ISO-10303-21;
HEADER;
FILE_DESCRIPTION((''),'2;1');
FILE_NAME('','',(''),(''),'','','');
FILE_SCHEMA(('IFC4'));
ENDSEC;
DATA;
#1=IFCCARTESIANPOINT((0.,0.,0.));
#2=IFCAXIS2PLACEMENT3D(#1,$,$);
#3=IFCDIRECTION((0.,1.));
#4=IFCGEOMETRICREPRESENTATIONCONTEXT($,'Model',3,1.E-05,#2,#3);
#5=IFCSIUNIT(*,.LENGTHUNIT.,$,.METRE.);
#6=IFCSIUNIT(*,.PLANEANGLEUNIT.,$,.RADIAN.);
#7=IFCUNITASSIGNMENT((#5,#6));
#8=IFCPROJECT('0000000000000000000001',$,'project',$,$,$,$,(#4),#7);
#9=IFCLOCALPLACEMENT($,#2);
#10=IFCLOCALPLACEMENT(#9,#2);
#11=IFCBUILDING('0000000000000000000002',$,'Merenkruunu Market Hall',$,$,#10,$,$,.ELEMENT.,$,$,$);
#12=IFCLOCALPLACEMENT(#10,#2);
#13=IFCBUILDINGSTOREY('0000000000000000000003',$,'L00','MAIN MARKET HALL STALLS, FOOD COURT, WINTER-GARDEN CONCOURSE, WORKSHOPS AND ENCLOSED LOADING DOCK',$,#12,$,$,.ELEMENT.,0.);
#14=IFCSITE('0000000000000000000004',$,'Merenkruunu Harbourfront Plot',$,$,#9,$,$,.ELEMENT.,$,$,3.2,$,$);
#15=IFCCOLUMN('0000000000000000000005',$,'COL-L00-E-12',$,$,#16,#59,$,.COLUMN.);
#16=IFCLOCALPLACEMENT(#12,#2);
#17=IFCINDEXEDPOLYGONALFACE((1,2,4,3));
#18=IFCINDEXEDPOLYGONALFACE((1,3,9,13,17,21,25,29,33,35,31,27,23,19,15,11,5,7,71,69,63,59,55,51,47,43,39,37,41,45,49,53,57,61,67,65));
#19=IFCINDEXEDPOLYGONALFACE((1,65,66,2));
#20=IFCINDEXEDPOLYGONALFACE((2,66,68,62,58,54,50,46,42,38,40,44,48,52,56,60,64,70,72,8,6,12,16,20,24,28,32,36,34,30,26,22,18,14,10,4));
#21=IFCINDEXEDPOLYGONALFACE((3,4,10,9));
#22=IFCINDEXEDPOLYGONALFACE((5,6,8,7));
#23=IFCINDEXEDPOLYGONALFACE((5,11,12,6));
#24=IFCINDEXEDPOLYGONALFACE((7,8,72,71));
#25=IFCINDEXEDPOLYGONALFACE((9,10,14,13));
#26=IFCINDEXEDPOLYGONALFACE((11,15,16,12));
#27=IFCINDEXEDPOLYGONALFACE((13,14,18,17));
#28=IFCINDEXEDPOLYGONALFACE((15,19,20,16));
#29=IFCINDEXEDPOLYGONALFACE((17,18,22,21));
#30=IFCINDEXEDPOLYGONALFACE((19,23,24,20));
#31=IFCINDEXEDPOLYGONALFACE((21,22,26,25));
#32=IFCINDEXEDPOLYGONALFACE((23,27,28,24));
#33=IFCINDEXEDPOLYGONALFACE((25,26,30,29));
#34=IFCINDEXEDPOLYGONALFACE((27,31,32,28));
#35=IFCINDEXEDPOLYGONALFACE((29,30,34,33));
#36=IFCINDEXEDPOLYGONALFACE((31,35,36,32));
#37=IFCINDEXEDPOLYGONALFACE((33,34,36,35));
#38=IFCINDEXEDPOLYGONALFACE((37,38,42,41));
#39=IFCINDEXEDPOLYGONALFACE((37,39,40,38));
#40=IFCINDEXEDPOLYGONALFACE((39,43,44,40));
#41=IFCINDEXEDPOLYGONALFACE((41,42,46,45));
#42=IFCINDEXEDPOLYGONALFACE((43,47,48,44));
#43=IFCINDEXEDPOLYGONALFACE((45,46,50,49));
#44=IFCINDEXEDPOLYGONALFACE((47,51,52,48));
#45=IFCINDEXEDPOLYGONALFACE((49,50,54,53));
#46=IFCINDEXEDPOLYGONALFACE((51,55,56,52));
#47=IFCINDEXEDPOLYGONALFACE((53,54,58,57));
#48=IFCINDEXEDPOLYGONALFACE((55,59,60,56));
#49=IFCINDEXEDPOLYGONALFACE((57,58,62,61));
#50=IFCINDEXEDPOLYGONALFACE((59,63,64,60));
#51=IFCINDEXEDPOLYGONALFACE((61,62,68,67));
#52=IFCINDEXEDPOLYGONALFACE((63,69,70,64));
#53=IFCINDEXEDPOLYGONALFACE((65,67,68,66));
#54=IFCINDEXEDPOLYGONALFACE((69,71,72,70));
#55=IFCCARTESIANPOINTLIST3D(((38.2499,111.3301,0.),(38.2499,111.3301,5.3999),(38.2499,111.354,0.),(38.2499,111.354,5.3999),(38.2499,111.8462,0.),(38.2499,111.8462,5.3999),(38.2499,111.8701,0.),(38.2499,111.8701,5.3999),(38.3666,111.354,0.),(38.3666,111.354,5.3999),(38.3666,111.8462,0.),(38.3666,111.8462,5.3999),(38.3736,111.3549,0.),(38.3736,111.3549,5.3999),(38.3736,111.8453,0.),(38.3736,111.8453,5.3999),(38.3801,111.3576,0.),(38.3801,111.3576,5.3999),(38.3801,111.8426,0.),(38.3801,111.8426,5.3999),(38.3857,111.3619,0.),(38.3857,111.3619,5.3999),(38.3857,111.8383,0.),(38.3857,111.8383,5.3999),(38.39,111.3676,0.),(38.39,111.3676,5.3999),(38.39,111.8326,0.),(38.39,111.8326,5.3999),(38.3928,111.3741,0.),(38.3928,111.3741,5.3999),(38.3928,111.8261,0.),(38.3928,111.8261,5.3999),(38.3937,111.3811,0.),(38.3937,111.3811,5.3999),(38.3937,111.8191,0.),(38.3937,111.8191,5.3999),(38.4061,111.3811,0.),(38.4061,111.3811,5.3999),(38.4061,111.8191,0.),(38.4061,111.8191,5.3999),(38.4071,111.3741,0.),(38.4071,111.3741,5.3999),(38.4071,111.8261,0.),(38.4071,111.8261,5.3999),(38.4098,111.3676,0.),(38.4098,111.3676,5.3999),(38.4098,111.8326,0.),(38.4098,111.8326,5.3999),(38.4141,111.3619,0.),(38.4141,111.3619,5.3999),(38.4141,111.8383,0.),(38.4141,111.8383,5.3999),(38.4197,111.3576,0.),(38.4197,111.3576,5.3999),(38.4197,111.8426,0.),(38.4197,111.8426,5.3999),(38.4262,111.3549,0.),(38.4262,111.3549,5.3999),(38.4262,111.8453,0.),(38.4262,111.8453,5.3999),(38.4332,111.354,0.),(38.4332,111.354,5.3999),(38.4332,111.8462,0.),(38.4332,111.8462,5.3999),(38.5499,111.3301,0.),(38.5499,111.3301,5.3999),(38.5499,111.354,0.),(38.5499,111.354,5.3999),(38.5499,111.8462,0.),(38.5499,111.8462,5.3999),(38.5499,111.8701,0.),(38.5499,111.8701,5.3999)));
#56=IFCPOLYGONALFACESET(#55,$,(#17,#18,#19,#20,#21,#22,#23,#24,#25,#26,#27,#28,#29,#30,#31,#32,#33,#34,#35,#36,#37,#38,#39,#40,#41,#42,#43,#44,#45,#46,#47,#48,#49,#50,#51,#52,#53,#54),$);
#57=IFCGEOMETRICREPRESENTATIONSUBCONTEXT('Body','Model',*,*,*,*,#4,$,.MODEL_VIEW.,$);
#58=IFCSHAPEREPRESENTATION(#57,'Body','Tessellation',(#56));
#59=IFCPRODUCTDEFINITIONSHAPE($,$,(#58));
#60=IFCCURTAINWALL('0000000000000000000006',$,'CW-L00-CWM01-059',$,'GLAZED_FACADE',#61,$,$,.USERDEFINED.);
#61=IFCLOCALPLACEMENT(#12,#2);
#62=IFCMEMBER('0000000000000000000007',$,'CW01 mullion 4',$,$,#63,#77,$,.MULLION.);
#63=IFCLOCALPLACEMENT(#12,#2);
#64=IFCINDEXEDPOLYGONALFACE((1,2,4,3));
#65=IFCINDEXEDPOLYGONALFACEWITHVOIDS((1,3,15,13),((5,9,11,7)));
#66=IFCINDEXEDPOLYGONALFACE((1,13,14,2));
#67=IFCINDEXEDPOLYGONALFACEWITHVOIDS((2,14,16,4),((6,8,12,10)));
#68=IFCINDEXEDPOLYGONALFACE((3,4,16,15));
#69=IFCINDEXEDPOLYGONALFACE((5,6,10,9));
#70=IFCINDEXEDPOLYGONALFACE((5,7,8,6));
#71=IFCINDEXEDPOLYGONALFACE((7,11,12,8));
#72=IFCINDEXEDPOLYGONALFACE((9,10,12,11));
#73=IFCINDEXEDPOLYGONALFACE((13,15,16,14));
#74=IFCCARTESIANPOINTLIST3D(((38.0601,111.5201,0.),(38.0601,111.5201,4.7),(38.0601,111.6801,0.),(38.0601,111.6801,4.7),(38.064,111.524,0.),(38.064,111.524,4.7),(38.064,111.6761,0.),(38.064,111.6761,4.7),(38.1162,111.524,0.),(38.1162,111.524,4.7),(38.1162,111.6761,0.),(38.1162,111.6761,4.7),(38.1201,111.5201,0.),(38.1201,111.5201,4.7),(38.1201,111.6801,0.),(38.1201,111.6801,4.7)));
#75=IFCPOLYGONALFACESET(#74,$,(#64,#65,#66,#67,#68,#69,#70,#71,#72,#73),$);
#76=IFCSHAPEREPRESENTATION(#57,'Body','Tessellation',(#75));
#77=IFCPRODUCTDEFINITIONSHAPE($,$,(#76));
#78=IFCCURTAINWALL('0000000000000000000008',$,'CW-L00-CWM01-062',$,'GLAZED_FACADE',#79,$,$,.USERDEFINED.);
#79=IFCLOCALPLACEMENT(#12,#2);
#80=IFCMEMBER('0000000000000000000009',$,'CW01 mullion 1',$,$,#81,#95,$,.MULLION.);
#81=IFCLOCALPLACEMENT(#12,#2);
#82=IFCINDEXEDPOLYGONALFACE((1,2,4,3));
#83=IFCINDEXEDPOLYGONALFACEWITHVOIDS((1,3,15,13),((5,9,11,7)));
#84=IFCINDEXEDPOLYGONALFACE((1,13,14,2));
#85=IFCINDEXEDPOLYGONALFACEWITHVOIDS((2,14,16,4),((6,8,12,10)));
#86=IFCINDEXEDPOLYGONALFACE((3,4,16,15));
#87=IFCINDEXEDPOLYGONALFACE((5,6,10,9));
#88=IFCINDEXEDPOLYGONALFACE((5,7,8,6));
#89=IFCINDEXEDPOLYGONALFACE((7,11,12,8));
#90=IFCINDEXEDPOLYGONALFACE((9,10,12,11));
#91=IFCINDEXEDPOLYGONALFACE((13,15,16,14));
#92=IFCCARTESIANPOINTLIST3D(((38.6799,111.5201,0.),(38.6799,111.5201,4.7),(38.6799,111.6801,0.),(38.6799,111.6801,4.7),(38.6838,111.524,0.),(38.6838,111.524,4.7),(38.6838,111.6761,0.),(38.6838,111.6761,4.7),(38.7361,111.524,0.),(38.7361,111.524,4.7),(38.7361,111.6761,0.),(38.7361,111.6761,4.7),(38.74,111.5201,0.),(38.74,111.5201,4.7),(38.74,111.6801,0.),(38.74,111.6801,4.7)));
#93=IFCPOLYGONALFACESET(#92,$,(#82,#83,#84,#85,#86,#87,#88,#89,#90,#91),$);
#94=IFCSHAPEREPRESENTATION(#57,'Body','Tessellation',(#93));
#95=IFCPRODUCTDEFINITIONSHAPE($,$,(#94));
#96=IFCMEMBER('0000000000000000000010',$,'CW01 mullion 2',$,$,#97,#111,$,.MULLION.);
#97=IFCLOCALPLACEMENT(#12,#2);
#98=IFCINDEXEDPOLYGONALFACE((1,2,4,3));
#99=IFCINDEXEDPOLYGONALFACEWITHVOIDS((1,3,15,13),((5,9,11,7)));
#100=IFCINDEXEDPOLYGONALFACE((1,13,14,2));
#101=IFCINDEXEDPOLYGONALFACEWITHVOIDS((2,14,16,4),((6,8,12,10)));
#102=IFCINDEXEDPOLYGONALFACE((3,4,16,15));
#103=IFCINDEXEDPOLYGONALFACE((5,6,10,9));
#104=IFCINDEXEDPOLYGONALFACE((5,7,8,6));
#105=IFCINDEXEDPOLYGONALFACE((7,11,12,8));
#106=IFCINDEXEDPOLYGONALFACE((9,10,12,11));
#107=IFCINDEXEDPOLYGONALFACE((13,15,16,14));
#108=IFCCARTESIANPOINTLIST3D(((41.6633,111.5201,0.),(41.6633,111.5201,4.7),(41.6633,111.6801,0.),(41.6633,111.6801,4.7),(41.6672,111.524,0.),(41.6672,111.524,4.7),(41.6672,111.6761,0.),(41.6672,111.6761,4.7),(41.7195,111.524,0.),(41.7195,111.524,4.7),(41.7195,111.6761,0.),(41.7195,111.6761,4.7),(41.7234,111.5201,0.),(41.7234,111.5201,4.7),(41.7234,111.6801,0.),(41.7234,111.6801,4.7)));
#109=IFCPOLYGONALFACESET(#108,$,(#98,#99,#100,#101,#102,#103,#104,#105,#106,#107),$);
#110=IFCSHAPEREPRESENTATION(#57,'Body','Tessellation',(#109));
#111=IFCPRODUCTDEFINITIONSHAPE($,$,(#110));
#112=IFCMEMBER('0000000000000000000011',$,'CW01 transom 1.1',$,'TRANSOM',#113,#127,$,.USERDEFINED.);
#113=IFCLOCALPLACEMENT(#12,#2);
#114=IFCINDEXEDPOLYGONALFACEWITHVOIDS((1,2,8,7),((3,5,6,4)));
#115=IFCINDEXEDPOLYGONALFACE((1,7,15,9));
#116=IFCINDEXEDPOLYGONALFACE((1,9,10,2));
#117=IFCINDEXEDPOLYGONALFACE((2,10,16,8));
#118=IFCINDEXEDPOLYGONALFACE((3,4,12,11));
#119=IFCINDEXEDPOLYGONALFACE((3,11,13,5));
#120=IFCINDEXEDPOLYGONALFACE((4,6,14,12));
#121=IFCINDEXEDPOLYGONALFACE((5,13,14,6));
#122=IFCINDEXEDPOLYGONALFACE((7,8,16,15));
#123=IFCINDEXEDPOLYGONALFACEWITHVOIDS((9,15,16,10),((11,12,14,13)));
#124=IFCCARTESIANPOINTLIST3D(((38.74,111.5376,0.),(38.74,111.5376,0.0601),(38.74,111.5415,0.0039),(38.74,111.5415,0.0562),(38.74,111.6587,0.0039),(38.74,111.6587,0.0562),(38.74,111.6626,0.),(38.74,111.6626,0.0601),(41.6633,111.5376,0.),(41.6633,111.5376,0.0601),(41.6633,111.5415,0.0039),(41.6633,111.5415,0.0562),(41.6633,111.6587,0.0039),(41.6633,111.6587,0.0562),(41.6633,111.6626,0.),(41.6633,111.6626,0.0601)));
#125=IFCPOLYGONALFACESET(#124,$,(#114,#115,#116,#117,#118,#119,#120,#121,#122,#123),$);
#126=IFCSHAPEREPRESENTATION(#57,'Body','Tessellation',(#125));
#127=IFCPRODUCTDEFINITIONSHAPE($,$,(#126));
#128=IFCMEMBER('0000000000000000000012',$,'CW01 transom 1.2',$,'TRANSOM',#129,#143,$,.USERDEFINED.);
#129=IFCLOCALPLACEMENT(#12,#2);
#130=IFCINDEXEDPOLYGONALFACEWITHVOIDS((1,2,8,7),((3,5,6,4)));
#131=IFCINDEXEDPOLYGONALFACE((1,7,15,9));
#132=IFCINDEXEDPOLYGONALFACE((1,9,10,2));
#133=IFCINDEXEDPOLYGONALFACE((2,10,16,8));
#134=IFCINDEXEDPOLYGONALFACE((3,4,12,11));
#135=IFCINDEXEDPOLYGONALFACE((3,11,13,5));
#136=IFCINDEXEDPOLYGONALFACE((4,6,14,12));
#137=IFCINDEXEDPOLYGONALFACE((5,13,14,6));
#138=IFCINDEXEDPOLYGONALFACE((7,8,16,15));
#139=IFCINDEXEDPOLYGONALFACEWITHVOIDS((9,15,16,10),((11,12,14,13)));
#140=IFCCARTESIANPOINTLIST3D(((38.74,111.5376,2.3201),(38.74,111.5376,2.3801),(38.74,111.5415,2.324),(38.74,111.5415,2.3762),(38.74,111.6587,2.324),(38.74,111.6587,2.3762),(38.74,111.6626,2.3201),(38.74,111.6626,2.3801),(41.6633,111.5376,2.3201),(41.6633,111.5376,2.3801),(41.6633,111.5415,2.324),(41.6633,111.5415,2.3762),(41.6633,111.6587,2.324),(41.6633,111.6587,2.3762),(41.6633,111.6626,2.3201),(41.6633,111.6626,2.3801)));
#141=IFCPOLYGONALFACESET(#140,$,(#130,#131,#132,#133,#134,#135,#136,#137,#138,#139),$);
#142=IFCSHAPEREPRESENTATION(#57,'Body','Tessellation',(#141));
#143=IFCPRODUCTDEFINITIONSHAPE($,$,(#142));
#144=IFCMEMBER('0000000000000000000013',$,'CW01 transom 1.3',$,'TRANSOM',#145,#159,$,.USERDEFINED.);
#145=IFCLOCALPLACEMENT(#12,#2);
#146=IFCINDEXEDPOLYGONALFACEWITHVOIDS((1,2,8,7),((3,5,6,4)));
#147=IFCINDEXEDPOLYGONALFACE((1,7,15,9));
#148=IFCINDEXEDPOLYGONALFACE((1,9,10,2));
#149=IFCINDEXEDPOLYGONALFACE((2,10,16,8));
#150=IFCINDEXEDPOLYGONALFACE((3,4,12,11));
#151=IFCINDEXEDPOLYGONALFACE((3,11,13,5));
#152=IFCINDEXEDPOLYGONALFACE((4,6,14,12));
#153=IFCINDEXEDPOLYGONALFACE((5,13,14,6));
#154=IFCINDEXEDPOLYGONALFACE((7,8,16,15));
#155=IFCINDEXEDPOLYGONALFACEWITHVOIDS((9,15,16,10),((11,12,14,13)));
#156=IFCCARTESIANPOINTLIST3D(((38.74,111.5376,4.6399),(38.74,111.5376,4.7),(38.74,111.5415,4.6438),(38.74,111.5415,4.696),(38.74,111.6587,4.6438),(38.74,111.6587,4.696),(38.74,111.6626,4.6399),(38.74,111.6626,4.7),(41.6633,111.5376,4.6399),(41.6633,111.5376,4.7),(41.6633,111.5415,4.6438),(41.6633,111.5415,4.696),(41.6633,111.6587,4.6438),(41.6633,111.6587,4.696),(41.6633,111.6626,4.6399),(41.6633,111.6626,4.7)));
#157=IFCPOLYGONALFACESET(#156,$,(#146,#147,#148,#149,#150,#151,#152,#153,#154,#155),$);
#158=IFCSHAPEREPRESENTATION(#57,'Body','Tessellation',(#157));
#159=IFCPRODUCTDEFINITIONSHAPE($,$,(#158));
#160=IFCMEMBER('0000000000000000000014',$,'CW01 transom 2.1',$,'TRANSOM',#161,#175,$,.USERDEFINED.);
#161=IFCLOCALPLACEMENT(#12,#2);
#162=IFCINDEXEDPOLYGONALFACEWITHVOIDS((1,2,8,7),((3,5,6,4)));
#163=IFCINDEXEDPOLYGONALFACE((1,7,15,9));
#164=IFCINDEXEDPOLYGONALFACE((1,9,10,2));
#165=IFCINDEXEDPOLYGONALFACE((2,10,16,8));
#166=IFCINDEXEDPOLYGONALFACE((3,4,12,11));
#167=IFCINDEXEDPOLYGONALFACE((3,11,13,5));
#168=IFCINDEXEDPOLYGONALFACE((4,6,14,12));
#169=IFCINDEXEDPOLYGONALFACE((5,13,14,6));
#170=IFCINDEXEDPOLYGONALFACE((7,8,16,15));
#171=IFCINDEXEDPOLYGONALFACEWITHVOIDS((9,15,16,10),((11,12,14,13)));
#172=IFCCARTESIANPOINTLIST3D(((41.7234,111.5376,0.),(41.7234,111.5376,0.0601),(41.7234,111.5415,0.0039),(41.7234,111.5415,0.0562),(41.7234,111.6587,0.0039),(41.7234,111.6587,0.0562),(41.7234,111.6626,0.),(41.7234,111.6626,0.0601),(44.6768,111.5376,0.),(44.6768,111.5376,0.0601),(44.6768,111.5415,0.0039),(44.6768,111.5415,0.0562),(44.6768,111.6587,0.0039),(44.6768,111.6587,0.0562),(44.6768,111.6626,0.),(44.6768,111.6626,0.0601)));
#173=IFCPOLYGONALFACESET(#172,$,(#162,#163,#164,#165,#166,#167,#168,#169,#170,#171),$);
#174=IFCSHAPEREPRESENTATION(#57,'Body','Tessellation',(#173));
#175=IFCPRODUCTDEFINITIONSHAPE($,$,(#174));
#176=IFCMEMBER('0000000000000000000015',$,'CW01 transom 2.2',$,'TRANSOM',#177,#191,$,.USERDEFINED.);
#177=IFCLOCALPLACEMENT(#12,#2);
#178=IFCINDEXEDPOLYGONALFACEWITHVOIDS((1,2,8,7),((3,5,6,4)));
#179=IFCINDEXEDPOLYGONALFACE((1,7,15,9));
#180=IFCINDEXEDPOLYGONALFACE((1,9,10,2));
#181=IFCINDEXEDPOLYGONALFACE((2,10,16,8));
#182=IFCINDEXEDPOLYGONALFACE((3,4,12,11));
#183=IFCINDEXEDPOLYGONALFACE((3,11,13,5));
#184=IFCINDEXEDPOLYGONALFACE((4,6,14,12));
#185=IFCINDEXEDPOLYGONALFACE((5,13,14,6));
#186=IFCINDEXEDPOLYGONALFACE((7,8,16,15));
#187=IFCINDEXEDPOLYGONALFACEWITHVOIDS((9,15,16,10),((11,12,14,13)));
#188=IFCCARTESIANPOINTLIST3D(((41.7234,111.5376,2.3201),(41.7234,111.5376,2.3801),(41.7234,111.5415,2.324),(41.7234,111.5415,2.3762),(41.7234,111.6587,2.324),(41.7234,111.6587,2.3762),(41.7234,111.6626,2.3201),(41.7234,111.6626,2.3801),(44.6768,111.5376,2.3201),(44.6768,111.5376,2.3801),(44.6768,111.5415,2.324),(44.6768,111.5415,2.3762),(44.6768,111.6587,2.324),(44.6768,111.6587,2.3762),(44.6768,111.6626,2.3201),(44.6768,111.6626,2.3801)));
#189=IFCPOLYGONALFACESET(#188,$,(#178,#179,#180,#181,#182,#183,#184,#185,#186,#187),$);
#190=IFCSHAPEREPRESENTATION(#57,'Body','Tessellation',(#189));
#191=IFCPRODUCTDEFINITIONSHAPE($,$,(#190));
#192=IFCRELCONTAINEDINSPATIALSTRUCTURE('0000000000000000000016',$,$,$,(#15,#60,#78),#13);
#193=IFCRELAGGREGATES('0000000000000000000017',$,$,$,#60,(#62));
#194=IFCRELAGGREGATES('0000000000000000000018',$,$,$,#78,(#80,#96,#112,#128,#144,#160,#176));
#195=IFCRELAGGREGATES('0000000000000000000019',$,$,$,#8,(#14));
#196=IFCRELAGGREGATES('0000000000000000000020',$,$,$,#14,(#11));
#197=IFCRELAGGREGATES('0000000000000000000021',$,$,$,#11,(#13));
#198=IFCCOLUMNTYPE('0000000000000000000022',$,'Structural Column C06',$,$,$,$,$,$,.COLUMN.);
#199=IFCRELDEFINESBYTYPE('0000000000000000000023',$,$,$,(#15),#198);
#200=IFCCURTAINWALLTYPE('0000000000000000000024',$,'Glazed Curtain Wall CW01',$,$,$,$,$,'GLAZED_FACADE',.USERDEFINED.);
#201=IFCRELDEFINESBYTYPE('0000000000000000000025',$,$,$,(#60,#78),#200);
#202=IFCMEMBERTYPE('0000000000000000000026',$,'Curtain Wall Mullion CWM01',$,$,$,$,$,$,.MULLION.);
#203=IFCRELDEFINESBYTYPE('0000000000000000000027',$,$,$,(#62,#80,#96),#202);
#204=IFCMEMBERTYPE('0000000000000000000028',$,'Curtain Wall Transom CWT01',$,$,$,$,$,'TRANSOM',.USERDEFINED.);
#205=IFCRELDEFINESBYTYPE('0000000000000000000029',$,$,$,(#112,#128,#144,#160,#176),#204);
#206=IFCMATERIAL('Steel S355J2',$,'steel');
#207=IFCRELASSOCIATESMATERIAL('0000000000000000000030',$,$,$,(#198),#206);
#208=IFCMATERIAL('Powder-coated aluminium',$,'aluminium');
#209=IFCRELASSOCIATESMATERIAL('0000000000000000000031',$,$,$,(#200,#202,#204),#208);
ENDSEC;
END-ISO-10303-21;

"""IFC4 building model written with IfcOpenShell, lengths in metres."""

from ifc_helpers import new_model, si_unit, direction, frame, origin, origin_2d, place, context, subcontext, project, spatial, hollow_rectangle, i_section, extrude, material, material_profile, profile_set, type_object, element, aggregate, save


model = new_model("IFC4")

# Units and contexts
model_context = context("Model", 3, precision=1e-05, world=origin(), true_north=direction((0.0, 1.0)))
body_context = subcontext(model_context, "Body", "Model", "MODEL_VIEW")
ifc_project = project(units=[si_unit("LENGTHUNIT", "METRE"), si_unit("PLANEANGLEUNIT", "RADIAN")], contexts=[model_context])

# Site, building, storey
site_placement = place(None, origin())
site = spatial("IfcSite", under=ifc_project, at=site_placement, Name="Merenkruunu Harbourfront Plot", CompositionType="ELEMENT", RefElevation=3.2)
building_placement = place(site_placement, origin())
building = spatial("IfcBuilding", under=site, at=building_placement, Name="Merenkruunu Market Hall", CompositionType="ELEMENT")
storey_placement = place(building_placement, origin())
storey = spatial("IfcBuildingStorey", under=building, at=storey_placement, Name="L00", Description="MAIN MARKET HALL STALLS, FOOD COURT, WINTER-GARDEN CONCOURSE, WORKSHOPS AND ENCLOSED LOADING DOCK", CompositionType="ELEMENT", Elevation=0.0)

# Column
ifc_material_1 = material(Name="Steel S355J2", Category="steel")
ifc_material_profile_1 = material_profile(ifc_material_1, i_section(OverallWidth=0.3, OverallDepth=0.54, WebThickness=0.0125, FlangeThickness=0.0239, FilletRadius=0.0271, at=origin_2d()), Name="HEA 550")
ifc_profile_set_1 = profile_set([ifc_material_profile_1], Name="Steel S355J2")
column_type = type_object("IfcColumnType", Name="Structural Column C06", PredefinedType="COLUMN", material=ifc_profile_set_1)
column_placement = place(storey_placement, frame((38.3999, 111.6001, 0.0), z_axis=(0.0, 0.0, 1.0), x_axis=(1.0, 0.0, 0.0)))
element("IfcColumn", 1, at=column_placement, inside=storey, type_object=column_type, Name="COL-L00-E-12", PredefinedType="COLUMN", context=body_context, shape_type="SweptSolid", body=[
    extrude(i_section(OverallWidth=0.3, OverallDepth=0.54, WebThickness=0.0125, FlangeThickness=0.0239, FilletRadius=0.0271, at=origin_2d()), origin(), (0.0, 0.0, 1.0), 5.3999),
])

# Curtain wall, member
ifc_material_2 = material(Name="Powder-coated aluminium", Category="aluminium")
curtain_wall_type = type_object("IfcCurtainWallType", Name="Glazed Curtain Wall CW01", ElementType="GLAZED_FACADE", PredefinedType="USERDEFINED", material=ifc_material_2)
curtain_wall_1_placement = place(storey_placement, origin())
curtain_wall_1 = element("IfcCurtainWall", 2, at=curtain_wall_1_placement, inside=storey, type_object=curtain_wall_type, Name="CW-L00-CWM01-059", ObjectType="GLAZED_FACADE", PredefinedType="USERDEFINED")
ifc_material_profile_2 = material_profile(ifc_material_2, hollow_rectangle(XDim=0.0601, YDim=0.1599, WallThickness=0.0039, at=origin_2d()), Name="ALU 60x160x4")
ifc_profile_set_2 = profile_set([ifc_material_profile_2], Name="Powder-coated aluminium")
member_type_1 = type_object("IfcMemberType", Name="Curtain Wall Mullion CWM01", PredefinedType="MULLION", material=ifc_profile_set_2)
member_1_placement = place(storey_placement, frame((38.0901, 111.6001, 0.0), z_axis=(0.0, 0.0, 1.0), x_axis=(1.0, 0.0, 0.0)))
member_1 = element("IfcMember", 3, at=member_1_placement, type_object=member_type_1, Name="CW01 mullion 4", PredefinedType="MULLION", context=body_context, shape_type="SweptSolid", body=[
    extrude(hollow_rectangle(XDim=0.0601, YDim=0.1599, WallThickness=0.0039, at=origin_2d()), origin(), (0.0, 0.0, 1.0), 4.7),
])

# Curtain wall, members
curtain_wall_2_placement = place(storey_placement, origin())
curtain_wall_2 = element("IfcCurtainWall", 4, at=curtain_wall_2_placement, inside=storey, type_object=curtain_wall_type, Name="CW-L00-CWM01-062", ObjectType="GLAZED_FACADE", PredefinedType="USERDEFINED")
member_2_placement = place(storey_placement, frame((38.71, 111.6001, 0.0), z_axis=(0.0, 0.0, 1.0), x_axis=(1.0, 0.0, 0.0)))
member_2 = element("IfcMember", 5, at=member_2_placement, type_object=member_type_1, Name="CW01 mullion 1", PredefinedType="MULLION", context=body_context, shape_type="SweptSolid", body=[
    extrude(hollow_rectangle(XDim=0.0601, YDim=0.1599, WallThickness=0.0039, at=origin_2d()), origin(), (0.0, 0.0, 1.0), 4.7),
])
member_3_placement = place(storey_placement, frame((41.6934, 111.6001, 0.0), z_axis=(0.0, 0.0, 1.0), x_axis=(1.0, 0.0, 0.0)))
member_3 = element("IfcMember", 6, at=member_3_placement, type_object=member_type_1, Name="CW01 mullion 2", PredefinedType="MULLION", context=body_context, shape_type="SweptSolid", body=[
    extrude(hollow_rectangle(XDim=0.0601, YDim=0.1599, WallThickness=0.0039, at=origin_2d()), origin(), (0.0, 0.0, 1.0), 4.7),
])
ifc_material_profile_3 = material_profile(ifc_material_2, hollow_rectangle(XDim=0.0601, YDim=0.125, WallThickness=0.0039, at=origin_2d()), Name="ALU 60x125x4")
ifc_profile_set_3 = profile_set([ifc_material_profile_3], Name="Powder-coated aluminium")
member_type_2 = type_object("IfcMemberType", Name="Curtain Wall Transom CWT01", ElementType="TRANSOM", PredefinedType="USERDEFINED", material=ifc_profile_set_3)
member_4_placement = place(storey_placement, frame((38.74, 111.6001, 0.03), z_axis=(1.0, 0.0, 0.0), x_axis=(0.0, 0.0, 1.0)))
member_4 = element("IfcMember", 7, at=member_4_placement, type_object=member_type_2, Name="CW01 transom 1.1", ObjectType="TRANSOM", PredefinedType="USERDEFINED", context=body_context, shape_type="SweptSolid", body=[
    extrude(hollow_rectangle(XDim=0.0601, YDim=0.125, WallThickness=0.0039, at=origin_2d()), origin(), (0.0, 0.0, 1.0), 2.9233),
])
member_5_placement = place(storey_placement, frame((38.74, 111.6001, 2.3501), z_axis=(1.0, 0.0, 0.0), x_axis=(0.0, 0.0, 1.0)))
member_5 = element("IfcMember", 8, at=member_5_placement, type_object=member_type_2, Name="CW01 transom 1.2", ObjectType="TRANSOM", PredefinedType="USERDEFINED", context=body_context, shape_type="SweptSolid", body=[
    extrude(hollow_rectangle(XDim=0.0601, YDim=0.125, WallThickness=0.0039, at=origin_2d()), origin(), (0.0, 0.0, 1.0), 2.9233),
])
member_6_placement = place(storey_placement, frame((38.74, 111.6001, 4.6699), z_axis=(1.0, 0.0, 0.0), x_axis=(0.0, 0.0, 1.0)))
member_6 = element("IfcMember", 9, at=member_6_placement, type_object=member_type_2, Name="CW01 transom 1.3", ObjectType="TRANSOM", PredefinedType="USERDEFINED", context=body_context, shape_type="SweptSolid", body=[
    extrude(hollow_rectangle(XDim=0.0601, YDim=0.125, WallThickness=0.0039, at=origin_2d()), origin(), (0.0, 0.0, 1.0), 2.9233),
])
member_7_placement = place(storey_placement, frame((41.7234, 111.6001, 0.03), z_axis=(1.0, 0.0, 0.0), x_axis=(0.0, 0.0, 1.0)))
member_7 = element("IfcMember", 10, at=member_7_placement, type_object=member_type_2, Name="CW01 transom 2.1", ObjectType="TRANSOM", PredefinedType="USERDEFINED", context=body_context, shape_type="SweptSolid", body=[
    extrude(hollow_rectangle(XDim=0.0601, YDim=0.125, WallThickness=0.0039, at=origin_2d()), origin(), (0.0, 0.0, 1.0), 2.9534),
])
member_8_placement = place(storey_placement, frame((41.7234, 111.6001, 2.3501), z_axis=(1.0, 0.0, 0.0), x_axis=(0.0, 0.0, 1.0)))
member_8 = element("IfcMember", 11, at=member_8_placement, type_object=member_type_2, Name="CW01 transom 2.2", ObjectType="TRANSOM", PredefinedType="USERDEFINED", context=body_context, shape_type="SweptSolid", body=[
    extrude(hollow_rectangle(XDim=0.0601, YDim=0.125, WallThickness=0.0039, at=origin_2d()), origin(), (0.0, 0.0, 1.0), 2.9534),
])

aggregate(curtain_wall_1, [member_1])
aggregate(curtain_wall_2, [member_2, member_3, member_4, member_5, member_6, member_7, member_8])

save(model, "model.ifc")
